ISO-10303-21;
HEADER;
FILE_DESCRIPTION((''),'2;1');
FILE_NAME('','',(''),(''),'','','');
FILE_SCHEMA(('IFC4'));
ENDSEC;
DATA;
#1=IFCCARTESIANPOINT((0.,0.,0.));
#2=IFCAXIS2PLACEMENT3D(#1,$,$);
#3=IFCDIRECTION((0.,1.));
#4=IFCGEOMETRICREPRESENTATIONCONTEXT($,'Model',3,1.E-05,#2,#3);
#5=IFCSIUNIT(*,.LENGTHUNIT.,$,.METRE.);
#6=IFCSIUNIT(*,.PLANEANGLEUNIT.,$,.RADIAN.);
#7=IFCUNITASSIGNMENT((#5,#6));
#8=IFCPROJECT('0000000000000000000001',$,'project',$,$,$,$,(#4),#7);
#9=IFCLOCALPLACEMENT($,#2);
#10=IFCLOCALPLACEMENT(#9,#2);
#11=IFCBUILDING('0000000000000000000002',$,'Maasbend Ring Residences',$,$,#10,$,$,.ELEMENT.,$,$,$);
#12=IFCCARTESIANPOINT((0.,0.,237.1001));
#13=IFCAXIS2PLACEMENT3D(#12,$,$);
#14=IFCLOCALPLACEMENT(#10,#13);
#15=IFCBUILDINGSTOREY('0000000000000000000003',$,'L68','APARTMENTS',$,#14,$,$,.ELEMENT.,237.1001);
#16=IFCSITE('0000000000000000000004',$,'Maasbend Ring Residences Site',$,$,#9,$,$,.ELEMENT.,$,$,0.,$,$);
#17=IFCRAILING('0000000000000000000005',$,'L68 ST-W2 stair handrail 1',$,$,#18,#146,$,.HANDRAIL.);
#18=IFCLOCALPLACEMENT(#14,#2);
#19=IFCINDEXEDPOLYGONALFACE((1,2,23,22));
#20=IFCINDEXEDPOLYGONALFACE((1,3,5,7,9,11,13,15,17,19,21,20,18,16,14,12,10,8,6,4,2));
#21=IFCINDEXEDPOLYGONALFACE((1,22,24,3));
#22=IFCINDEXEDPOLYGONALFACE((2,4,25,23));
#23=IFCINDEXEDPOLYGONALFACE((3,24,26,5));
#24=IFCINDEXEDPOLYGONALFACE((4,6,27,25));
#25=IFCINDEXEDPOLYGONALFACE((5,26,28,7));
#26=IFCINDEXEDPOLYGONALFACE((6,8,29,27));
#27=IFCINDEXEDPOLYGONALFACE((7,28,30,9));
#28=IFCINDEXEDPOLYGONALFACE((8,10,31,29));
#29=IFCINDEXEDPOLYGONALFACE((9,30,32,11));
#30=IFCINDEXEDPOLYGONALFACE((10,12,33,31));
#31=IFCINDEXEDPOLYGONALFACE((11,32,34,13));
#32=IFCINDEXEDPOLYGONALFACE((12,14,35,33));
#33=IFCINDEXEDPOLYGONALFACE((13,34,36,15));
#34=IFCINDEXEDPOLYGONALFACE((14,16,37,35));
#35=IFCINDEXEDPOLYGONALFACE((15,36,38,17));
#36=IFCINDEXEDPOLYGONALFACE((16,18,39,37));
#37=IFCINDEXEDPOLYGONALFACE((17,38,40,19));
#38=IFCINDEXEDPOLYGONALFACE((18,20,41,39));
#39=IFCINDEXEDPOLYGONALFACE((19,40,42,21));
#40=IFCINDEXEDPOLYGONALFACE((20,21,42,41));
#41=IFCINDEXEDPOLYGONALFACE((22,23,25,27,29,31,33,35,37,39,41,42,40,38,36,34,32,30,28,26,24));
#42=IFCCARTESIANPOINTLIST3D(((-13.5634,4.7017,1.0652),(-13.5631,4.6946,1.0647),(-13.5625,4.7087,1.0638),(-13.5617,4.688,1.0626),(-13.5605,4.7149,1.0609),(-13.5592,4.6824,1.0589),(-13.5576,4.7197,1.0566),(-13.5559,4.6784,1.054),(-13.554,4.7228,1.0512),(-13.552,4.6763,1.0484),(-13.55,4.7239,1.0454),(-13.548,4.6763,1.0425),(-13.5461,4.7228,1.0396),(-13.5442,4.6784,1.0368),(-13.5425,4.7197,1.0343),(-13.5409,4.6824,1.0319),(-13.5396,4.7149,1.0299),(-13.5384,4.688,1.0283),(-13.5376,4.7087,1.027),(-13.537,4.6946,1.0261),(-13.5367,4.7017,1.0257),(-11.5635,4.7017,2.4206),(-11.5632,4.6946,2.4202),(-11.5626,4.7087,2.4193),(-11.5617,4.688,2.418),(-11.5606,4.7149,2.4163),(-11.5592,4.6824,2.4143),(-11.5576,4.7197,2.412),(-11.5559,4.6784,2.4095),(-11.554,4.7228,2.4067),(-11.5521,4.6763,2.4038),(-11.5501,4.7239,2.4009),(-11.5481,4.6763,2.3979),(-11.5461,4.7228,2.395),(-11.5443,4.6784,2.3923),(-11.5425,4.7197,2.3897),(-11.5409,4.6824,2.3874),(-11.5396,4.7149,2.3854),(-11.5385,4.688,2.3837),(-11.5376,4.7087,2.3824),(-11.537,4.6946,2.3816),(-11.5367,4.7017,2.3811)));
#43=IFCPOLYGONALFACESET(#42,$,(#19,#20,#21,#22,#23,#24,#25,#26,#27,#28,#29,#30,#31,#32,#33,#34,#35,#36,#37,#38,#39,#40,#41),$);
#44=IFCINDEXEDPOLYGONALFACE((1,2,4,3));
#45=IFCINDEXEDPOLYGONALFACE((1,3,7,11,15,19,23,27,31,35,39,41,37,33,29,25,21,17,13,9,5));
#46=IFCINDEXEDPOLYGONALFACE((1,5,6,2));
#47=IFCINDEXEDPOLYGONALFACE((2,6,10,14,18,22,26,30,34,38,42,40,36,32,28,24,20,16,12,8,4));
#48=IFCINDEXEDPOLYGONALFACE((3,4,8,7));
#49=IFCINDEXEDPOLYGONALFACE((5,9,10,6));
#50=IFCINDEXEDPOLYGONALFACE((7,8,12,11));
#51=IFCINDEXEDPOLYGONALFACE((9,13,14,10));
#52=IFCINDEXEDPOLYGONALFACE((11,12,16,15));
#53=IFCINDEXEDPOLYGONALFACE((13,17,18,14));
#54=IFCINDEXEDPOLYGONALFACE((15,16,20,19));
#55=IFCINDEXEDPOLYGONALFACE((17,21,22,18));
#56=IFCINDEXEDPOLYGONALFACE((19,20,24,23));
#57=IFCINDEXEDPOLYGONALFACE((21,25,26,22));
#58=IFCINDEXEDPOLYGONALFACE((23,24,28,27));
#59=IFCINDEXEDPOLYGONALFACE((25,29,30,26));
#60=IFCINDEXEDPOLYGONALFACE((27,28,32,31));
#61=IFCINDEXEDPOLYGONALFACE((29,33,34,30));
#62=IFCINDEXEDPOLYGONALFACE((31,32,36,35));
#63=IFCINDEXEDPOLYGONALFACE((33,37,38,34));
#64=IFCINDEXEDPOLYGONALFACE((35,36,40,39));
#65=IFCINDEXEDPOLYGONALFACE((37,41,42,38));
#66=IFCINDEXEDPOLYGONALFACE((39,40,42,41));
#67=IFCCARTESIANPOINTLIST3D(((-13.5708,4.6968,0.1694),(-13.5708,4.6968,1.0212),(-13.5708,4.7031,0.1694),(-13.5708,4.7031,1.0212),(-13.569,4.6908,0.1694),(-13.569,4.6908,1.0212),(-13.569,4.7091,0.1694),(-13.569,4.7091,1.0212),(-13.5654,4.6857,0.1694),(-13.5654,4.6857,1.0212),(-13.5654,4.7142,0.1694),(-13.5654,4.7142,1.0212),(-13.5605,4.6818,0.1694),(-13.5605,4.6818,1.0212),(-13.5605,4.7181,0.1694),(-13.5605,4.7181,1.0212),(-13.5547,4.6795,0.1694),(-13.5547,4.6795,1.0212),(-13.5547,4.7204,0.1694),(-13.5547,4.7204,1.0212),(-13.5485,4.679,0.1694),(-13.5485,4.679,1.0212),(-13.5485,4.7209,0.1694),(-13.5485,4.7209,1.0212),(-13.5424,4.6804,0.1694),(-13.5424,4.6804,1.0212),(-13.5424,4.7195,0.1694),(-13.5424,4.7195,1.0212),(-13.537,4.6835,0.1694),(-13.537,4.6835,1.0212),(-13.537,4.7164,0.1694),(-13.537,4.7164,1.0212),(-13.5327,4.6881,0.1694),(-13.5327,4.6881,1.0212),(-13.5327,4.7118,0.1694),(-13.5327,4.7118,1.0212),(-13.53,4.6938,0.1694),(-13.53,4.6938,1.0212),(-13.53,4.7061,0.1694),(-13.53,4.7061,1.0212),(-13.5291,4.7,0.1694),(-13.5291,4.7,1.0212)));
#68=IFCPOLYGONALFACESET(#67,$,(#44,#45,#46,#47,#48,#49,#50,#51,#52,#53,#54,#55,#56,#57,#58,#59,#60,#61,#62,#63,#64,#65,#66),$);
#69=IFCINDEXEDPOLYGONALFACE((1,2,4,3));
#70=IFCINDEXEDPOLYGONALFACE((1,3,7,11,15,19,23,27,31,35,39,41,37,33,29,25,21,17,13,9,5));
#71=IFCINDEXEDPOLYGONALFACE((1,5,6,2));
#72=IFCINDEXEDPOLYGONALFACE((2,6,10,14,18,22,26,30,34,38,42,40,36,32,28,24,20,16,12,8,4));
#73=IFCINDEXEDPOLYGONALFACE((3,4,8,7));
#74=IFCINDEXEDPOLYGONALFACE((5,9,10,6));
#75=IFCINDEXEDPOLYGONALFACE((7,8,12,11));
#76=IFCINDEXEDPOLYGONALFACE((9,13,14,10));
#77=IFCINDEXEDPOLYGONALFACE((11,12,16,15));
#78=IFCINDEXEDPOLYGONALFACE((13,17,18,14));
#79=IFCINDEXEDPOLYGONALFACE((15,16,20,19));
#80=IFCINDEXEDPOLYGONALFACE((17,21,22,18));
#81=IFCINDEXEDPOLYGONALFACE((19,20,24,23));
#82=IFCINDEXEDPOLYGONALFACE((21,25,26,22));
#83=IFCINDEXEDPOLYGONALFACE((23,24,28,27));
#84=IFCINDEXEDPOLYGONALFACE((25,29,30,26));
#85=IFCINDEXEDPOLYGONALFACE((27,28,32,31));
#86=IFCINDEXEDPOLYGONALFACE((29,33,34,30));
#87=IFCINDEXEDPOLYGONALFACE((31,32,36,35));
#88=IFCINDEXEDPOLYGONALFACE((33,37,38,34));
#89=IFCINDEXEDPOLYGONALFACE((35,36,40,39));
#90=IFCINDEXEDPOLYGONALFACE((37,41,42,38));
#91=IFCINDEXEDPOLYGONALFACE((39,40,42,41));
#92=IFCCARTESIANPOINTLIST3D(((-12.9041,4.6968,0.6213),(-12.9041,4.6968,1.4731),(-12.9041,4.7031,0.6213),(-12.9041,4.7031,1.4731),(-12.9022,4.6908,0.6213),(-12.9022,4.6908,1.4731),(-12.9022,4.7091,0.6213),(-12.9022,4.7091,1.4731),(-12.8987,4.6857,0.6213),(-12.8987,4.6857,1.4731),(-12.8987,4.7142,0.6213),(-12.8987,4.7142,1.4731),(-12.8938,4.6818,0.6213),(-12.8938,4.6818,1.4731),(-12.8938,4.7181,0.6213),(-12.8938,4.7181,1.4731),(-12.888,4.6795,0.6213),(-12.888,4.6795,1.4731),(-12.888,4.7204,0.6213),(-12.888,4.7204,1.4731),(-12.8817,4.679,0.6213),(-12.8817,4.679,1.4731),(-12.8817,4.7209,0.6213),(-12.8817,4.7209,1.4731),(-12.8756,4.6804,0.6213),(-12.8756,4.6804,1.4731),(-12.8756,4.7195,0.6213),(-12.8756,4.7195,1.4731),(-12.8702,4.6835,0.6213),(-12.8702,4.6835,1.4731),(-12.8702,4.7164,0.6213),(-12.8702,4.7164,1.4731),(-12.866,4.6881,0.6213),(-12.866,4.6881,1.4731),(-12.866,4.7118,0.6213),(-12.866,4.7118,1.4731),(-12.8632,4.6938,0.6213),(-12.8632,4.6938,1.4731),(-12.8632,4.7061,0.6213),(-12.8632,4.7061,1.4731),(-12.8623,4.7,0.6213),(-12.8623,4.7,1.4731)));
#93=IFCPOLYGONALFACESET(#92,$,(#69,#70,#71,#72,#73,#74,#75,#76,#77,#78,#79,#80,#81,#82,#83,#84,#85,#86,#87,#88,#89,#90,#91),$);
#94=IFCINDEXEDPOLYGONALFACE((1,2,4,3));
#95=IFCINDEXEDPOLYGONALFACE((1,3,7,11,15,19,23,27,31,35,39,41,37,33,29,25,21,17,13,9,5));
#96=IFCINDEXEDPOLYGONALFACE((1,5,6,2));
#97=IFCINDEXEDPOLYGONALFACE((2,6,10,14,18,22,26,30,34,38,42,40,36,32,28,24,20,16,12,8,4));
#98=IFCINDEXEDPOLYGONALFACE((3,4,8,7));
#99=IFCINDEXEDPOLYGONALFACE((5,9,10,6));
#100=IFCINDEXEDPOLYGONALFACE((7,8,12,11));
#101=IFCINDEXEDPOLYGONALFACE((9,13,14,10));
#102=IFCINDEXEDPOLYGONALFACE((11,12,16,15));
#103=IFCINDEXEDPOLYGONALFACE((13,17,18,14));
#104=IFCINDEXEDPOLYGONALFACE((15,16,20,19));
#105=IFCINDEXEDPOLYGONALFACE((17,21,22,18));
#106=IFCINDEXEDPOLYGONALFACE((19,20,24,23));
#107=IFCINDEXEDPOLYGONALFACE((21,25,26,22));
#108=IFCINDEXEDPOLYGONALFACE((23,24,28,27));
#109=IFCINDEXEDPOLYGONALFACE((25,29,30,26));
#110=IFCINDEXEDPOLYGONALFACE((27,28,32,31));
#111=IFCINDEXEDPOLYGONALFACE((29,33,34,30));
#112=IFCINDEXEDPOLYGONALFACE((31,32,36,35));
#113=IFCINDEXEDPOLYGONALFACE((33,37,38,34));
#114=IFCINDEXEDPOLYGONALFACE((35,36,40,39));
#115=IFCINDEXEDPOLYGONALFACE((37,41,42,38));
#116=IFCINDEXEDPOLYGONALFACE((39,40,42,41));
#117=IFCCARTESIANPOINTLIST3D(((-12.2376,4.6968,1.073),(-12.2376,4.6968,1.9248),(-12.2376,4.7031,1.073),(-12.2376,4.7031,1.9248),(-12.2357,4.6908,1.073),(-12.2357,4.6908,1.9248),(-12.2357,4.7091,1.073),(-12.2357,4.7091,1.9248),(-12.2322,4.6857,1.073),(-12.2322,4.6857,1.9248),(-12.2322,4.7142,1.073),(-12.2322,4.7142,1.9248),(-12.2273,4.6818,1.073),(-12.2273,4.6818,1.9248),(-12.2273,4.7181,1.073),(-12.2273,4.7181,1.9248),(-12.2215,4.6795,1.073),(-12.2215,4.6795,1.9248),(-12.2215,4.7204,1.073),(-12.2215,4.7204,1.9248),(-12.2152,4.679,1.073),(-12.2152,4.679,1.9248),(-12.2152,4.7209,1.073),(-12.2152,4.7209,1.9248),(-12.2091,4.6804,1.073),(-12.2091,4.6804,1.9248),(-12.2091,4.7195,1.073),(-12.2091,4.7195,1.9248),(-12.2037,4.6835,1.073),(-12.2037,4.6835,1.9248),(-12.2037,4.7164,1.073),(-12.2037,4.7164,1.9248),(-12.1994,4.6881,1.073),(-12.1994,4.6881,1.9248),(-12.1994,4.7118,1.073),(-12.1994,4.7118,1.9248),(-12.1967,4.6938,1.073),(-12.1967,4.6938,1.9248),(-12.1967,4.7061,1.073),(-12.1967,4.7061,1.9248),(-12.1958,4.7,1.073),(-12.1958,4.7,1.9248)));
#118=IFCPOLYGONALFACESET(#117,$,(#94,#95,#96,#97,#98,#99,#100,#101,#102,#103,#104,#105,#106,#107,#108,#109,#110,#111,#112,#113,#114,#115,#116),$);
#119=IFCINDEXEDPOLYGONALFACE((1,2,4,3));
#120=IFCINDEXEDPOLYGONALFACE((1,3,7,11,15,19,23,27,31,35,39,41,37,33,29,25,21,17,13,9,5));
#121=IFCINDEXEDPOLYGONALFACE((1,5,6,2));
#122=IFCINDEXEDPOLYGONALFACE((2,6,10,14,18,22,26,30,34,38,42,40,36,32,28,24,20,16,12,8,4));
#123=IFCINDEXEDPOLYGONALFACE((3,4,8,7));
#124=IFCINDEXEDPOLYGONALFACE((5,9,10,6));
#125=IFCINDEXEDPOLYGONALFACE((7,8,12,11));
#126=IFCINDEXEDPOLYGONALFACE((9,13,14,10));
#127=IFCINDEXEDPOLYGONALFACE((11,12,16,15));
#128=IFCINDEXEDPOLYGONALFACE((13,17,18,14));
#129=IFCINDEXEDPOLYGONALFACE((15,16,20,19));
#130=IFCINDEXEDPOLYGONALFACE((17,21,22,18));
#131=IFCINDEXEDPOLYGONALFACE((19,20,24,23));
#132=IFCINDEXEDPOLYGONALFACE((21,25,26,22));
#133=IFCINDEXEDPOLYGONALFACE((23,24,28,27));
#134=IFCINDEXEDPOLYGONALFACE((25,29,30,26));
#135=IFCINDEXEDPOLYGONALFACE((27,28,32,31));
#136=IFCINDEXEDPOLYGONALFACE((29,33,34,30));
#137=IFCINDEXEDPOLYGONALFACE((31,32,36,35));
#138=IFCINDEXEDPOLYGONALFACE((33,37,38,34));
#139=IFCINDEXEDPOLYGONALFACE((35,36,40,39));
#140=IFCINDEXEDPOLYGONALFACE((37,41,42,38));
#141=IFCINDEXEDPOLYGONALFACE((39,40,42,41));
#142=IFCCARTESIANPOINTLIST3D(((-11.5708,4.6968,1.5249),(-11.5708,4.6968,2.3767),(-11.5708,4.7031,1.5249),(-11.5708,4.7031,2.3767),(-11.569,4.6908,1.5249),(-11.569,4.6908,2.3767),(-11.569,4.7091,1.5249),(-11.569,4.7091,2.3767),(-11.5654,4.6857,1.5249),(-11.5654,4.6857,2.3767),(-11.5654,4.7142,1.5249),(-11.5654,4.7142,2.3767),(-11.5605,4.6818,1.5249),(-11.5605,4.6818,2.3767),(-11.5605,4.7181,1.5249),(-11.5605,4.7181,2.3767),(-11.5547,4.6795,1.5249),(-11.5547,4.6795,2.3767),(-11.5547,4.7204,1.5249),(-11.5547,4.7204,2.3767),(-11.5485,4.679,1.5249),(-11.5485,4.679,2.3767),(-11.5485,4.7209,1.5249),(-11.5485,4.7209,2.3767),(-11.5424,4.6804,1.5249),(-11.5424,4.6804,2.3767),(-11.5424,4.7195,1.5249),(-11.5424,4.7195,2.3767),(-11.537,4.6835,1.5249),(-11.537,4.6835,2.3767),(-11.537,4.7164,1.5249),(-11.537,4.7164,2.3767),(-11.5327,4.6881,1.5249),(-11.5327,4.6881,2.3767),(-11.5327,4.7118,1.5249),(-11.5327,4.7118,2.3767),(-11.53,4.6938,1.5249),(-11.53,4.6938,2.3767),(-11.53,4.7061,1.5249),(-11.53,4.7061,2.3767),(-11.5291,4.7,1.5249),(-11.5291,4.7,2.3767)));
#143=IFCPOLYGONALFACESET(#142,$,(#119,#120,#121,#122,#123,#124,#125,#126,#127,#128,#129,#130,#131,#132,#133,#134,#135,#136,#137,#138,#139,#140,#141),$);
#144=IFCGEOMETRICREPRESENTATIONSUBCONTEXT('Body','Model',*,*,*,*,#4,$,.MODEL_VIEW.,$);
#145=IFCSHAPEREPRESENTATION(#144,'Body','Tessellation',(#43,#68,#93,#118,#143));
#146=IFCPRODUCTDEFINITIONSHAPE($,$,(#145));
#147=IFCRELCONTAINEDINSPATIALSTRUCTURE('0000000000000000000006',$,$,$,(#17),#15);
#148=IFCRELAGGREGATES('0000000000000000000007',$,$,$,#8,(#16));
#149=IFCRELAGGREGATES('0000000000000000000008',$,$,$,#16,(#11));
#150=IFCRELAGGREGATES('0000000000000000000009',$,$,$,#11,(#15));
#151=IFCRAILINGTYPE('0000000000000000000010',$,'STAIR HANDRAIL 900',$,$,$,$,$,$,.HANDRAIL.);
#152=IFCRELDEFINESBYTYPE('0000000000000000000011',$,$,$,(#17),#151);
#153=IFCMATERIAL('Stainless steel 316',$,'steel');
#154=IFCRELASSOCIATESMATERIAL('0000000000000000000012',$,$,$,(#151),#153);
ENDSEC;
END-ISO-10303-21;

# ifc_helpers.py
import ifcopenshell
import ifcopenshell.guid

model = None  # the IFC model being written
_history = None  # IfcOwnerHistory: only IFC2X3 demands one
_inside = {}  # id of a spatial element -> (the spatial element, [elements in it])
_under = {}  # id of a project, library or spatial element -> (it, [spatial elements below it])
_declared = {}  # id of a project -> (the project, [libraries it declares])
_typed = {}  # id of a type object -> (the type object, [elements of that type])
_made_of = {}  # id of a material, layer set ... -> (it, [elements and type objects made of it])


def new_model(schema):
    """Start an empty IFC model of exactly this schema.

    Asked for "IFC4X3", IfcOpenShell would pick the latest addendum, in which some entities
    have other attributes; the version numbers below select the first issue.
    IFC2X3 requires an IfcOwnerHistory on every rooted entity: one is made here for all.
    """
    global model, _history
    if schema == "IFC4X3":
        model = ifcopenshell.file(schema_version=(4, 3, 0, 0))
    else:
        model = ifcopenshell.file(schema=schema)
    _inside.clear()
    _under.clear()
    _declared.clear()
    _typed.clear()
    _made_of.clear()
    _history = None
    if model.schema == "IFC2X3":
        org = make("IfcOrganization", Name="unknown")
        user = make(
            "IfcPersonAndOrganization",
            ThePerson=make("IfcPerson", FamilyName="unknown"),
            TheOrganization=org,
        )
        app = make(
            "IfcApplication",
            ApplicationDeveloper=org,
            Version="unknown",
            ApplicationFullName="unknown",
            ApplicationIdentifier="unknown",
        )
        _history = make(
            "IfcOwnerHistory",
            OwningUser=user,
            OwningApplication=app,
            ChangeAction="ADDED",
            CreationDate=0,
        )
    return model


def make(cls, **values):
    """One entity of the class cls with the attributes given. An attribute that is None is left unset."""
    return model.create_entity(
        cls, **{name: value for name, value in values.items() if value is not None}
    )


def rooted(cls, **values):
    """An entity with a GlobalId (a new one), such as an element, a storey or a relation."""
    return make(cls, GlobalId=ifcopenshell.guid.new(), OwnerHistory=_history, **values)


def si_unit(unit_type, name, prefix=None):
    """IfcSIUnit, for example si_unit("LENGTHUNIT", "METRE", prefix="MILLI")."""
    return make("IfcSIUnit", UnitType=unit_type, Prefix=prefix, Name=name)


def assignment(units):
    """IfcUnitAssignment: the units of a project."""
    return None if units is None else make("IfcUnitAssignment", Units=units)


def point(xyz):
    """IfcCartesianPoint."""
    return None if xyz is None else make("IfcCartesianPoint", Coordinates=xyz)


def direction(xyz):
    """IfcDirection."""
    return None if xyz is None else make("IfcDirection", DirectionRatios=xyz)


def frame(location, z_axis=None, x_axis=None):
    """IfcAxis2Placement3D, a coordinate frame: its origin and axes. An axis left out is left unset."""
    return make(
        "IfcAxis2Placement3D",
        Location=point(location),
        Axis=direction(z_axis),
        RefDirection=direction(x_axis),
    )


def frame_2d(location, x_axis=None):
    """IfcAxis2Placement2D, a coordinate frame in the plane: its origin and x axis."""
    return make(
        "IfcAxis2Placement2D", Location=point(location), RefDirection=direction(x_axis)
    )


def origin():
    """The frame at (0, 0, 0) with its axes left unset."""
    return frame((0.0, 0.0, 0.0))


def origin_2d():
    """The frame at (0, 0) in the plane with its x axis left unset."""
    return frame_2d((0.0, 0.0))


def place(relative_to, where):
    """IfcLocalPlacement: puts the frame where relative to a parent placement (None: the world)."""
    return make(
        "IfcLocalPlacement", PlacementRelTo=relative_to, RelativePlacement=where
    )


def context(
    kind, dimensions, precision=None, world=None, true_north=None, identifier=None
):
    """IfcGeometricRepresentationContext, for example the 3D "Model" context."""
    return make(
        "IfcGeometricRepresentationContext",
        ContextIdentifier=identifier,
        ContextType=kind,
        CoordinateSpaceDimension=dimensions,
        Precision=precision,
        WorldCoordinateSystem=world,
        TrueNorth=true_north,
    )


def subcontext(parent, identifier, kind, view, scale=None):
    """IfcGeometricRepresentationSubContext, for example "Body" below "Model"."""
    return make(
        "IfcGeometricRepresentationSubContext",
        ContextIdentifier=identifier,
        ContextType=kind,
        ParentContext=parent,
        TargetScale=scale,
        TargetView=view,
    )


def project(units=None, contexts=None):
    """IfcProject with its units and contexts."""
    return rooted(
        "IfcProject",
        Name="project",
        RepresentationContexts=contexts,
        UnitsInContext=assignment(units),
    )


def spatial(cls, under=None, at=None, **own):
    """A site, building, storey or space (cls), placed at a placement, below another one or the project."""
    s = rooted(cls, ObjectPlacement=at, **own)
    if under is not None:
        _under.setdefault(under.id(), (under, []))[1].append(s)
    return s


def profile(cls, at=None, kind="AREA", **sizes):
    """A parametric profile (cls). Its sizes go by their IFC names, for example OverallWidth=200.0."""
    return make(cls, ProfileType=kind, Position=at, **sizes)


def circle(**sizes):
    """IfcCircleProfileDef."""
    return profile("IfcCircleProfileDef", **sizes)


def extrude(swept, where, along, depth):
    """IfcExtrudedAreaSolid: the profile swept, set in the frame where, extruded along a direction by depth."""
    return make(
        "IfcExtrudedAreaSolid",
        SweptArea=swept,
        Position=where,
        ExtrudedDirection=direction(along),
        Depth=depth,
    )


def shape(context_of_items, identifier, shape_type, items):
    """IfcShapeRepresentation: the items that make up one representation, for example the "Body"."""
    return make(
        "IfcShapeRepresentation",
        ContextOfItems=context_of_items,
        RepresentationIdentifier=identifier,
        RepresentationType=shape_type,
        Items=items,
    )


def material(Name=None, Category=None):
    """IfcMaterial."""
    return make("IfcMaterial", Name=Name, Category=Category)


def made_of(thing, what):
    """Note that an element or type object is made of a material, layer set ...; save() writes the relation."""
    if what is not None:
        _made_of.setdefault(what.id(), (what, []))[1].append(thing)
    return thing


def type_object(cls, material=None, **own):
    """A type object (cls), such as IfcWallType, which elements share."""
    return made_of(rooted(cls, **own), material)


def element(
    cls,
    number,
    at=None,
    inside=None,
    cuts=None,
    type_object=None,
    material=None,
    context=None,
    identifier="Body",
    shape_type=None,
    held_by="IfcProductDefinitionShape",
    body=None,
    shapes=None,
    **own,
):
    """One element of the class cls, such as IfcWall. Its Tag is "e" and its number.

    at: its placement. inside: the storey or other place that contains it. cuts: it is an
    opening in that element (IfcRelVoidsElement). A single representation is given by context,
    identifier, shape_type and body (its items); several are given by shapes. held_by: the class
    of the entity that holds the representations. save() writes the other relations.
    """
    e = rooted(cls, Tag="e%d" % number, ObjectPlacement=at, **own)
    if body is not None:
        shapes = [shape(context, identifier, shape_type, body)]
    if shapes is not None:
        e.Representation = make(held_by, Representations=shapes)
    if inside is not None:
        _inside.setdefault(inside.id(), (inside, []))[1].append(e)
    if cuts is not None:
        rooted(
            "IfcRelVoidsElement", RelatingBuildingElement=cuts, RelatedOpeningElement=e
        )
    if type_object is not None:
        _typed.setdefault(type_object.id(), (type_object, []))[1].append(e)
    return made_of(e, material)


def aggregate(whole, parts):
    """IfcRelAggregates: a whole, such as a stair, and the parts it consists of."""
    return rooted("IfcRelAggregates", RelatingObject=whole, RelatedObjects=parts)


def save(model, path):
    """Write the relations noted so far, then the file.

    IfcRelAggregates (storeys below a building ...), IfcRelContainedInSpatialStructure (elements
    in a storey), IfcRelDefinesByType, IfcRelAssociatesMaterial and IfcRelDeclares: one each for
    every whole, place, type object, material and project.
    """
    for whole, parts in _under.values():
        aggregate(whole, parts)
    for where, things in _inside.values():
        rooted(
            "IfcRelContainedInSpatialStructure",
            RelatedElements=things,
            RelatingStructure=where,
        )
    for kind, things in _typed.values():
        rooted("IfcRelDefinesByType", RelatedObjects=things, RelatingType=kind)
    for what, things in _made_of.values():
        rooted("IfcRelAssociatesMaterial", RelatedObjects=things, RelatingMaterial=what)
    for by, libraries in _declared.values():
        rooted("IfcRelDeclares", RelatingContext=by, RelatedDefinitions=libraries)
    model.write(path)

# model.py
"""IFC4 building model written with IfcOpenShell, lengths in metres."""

from ifc_helpers import new_model, si_unit, direction, frame, origin, origin_2d, place, context, subcontext, project, spatial, circle, extrude, material, type_object, element, save


model = new_model("IFC4")

# Units and contexts
model_context = context("Model", 3, precision=1e-05, world=origin(), true_north=direction((0.0, 1.0)))
body_context = subcontext(model_context, "Body", "Model", "MODEL_VIEW")
ifc_project = project(units=[si_unit("LENGTHUNIT", "METRE"), si_unit("PLANEANGLEUNIT", "RADIAN")], contexts=[model_context])

# Site, building, storey
site_placement = place(None, origin())
site = spatial("IfcSite", under=ifc_project, at=site_placement, Name="Maasbend Ring Residences Site", CompositionType="ELEMENT", RefElevation=0.0)
building_placement = place(site_placement, origin())
building = spatial("IfcBuilding", under=site, at=building_placement, Name="Maasbend Ring Residences", CompositionType="ELEMENT")
storey_placement = place(building_placement, frame((0.0, 0.0, 237.1001)))
storey = spatial("IfcBuildingStorey", under=building, at=storey_placement, Name="L68", Description="APARTMENTS", CompositionType="ELEMENT", Elevation=237.1001)

# Railing
ifc_material_1 = material(Name="Stainless steel 316", Category="steel")
railing_type = type_object("IfcRailingType", Name="STAIR HANDRAIL 900", PredefinedType="HANDRAIL", material=ifc_material_1)
railing_1_placement = place(storey_placement, frame((-13.55, 4.7, 0.1694)))
element("IfcRailing", 1, at=railing_1_placement, inside=storey, type_object=railing_type, Name="L68 ST-W2 stair handrail 1", PredefinedType="HANDRAIL", context=body_context, shape_type="SweptSolid", body=[
    extrude(circle(Radius=0.0239, at=origin_2d()), frame((0.0, 0.0, 0.876), z_axis=(0.827798, 0.0, 0.561027), x_axis=(0.0, 1.0, 0.0)), (0.0, 0.0, 1.0), 2.416),
    extrude(circle(Radius=0.021, at=origin_2d()), origin(), (0.0, 0.0, 1.0), 0.8518),
    extrude(circle(Radius=0.021, at=origin_2d()), frame((0.6667, 0.0, 0.4519)), (0.0, 0.0, 1.0), 0.8518),
    extrude(circle(Radius=0.021, at=origin_2d()), frame((1.3333, 0.0, 0.9036)), (0.0, 0.0, 1.0), 0.8518),
    extrude(circle(Radius=0.021, at=origin_2d()), frame((2.0, 0.0, 1.3555)), (0.0, 0.0, 1.0), 0.8518),
])

save(model, "model.ifc")
